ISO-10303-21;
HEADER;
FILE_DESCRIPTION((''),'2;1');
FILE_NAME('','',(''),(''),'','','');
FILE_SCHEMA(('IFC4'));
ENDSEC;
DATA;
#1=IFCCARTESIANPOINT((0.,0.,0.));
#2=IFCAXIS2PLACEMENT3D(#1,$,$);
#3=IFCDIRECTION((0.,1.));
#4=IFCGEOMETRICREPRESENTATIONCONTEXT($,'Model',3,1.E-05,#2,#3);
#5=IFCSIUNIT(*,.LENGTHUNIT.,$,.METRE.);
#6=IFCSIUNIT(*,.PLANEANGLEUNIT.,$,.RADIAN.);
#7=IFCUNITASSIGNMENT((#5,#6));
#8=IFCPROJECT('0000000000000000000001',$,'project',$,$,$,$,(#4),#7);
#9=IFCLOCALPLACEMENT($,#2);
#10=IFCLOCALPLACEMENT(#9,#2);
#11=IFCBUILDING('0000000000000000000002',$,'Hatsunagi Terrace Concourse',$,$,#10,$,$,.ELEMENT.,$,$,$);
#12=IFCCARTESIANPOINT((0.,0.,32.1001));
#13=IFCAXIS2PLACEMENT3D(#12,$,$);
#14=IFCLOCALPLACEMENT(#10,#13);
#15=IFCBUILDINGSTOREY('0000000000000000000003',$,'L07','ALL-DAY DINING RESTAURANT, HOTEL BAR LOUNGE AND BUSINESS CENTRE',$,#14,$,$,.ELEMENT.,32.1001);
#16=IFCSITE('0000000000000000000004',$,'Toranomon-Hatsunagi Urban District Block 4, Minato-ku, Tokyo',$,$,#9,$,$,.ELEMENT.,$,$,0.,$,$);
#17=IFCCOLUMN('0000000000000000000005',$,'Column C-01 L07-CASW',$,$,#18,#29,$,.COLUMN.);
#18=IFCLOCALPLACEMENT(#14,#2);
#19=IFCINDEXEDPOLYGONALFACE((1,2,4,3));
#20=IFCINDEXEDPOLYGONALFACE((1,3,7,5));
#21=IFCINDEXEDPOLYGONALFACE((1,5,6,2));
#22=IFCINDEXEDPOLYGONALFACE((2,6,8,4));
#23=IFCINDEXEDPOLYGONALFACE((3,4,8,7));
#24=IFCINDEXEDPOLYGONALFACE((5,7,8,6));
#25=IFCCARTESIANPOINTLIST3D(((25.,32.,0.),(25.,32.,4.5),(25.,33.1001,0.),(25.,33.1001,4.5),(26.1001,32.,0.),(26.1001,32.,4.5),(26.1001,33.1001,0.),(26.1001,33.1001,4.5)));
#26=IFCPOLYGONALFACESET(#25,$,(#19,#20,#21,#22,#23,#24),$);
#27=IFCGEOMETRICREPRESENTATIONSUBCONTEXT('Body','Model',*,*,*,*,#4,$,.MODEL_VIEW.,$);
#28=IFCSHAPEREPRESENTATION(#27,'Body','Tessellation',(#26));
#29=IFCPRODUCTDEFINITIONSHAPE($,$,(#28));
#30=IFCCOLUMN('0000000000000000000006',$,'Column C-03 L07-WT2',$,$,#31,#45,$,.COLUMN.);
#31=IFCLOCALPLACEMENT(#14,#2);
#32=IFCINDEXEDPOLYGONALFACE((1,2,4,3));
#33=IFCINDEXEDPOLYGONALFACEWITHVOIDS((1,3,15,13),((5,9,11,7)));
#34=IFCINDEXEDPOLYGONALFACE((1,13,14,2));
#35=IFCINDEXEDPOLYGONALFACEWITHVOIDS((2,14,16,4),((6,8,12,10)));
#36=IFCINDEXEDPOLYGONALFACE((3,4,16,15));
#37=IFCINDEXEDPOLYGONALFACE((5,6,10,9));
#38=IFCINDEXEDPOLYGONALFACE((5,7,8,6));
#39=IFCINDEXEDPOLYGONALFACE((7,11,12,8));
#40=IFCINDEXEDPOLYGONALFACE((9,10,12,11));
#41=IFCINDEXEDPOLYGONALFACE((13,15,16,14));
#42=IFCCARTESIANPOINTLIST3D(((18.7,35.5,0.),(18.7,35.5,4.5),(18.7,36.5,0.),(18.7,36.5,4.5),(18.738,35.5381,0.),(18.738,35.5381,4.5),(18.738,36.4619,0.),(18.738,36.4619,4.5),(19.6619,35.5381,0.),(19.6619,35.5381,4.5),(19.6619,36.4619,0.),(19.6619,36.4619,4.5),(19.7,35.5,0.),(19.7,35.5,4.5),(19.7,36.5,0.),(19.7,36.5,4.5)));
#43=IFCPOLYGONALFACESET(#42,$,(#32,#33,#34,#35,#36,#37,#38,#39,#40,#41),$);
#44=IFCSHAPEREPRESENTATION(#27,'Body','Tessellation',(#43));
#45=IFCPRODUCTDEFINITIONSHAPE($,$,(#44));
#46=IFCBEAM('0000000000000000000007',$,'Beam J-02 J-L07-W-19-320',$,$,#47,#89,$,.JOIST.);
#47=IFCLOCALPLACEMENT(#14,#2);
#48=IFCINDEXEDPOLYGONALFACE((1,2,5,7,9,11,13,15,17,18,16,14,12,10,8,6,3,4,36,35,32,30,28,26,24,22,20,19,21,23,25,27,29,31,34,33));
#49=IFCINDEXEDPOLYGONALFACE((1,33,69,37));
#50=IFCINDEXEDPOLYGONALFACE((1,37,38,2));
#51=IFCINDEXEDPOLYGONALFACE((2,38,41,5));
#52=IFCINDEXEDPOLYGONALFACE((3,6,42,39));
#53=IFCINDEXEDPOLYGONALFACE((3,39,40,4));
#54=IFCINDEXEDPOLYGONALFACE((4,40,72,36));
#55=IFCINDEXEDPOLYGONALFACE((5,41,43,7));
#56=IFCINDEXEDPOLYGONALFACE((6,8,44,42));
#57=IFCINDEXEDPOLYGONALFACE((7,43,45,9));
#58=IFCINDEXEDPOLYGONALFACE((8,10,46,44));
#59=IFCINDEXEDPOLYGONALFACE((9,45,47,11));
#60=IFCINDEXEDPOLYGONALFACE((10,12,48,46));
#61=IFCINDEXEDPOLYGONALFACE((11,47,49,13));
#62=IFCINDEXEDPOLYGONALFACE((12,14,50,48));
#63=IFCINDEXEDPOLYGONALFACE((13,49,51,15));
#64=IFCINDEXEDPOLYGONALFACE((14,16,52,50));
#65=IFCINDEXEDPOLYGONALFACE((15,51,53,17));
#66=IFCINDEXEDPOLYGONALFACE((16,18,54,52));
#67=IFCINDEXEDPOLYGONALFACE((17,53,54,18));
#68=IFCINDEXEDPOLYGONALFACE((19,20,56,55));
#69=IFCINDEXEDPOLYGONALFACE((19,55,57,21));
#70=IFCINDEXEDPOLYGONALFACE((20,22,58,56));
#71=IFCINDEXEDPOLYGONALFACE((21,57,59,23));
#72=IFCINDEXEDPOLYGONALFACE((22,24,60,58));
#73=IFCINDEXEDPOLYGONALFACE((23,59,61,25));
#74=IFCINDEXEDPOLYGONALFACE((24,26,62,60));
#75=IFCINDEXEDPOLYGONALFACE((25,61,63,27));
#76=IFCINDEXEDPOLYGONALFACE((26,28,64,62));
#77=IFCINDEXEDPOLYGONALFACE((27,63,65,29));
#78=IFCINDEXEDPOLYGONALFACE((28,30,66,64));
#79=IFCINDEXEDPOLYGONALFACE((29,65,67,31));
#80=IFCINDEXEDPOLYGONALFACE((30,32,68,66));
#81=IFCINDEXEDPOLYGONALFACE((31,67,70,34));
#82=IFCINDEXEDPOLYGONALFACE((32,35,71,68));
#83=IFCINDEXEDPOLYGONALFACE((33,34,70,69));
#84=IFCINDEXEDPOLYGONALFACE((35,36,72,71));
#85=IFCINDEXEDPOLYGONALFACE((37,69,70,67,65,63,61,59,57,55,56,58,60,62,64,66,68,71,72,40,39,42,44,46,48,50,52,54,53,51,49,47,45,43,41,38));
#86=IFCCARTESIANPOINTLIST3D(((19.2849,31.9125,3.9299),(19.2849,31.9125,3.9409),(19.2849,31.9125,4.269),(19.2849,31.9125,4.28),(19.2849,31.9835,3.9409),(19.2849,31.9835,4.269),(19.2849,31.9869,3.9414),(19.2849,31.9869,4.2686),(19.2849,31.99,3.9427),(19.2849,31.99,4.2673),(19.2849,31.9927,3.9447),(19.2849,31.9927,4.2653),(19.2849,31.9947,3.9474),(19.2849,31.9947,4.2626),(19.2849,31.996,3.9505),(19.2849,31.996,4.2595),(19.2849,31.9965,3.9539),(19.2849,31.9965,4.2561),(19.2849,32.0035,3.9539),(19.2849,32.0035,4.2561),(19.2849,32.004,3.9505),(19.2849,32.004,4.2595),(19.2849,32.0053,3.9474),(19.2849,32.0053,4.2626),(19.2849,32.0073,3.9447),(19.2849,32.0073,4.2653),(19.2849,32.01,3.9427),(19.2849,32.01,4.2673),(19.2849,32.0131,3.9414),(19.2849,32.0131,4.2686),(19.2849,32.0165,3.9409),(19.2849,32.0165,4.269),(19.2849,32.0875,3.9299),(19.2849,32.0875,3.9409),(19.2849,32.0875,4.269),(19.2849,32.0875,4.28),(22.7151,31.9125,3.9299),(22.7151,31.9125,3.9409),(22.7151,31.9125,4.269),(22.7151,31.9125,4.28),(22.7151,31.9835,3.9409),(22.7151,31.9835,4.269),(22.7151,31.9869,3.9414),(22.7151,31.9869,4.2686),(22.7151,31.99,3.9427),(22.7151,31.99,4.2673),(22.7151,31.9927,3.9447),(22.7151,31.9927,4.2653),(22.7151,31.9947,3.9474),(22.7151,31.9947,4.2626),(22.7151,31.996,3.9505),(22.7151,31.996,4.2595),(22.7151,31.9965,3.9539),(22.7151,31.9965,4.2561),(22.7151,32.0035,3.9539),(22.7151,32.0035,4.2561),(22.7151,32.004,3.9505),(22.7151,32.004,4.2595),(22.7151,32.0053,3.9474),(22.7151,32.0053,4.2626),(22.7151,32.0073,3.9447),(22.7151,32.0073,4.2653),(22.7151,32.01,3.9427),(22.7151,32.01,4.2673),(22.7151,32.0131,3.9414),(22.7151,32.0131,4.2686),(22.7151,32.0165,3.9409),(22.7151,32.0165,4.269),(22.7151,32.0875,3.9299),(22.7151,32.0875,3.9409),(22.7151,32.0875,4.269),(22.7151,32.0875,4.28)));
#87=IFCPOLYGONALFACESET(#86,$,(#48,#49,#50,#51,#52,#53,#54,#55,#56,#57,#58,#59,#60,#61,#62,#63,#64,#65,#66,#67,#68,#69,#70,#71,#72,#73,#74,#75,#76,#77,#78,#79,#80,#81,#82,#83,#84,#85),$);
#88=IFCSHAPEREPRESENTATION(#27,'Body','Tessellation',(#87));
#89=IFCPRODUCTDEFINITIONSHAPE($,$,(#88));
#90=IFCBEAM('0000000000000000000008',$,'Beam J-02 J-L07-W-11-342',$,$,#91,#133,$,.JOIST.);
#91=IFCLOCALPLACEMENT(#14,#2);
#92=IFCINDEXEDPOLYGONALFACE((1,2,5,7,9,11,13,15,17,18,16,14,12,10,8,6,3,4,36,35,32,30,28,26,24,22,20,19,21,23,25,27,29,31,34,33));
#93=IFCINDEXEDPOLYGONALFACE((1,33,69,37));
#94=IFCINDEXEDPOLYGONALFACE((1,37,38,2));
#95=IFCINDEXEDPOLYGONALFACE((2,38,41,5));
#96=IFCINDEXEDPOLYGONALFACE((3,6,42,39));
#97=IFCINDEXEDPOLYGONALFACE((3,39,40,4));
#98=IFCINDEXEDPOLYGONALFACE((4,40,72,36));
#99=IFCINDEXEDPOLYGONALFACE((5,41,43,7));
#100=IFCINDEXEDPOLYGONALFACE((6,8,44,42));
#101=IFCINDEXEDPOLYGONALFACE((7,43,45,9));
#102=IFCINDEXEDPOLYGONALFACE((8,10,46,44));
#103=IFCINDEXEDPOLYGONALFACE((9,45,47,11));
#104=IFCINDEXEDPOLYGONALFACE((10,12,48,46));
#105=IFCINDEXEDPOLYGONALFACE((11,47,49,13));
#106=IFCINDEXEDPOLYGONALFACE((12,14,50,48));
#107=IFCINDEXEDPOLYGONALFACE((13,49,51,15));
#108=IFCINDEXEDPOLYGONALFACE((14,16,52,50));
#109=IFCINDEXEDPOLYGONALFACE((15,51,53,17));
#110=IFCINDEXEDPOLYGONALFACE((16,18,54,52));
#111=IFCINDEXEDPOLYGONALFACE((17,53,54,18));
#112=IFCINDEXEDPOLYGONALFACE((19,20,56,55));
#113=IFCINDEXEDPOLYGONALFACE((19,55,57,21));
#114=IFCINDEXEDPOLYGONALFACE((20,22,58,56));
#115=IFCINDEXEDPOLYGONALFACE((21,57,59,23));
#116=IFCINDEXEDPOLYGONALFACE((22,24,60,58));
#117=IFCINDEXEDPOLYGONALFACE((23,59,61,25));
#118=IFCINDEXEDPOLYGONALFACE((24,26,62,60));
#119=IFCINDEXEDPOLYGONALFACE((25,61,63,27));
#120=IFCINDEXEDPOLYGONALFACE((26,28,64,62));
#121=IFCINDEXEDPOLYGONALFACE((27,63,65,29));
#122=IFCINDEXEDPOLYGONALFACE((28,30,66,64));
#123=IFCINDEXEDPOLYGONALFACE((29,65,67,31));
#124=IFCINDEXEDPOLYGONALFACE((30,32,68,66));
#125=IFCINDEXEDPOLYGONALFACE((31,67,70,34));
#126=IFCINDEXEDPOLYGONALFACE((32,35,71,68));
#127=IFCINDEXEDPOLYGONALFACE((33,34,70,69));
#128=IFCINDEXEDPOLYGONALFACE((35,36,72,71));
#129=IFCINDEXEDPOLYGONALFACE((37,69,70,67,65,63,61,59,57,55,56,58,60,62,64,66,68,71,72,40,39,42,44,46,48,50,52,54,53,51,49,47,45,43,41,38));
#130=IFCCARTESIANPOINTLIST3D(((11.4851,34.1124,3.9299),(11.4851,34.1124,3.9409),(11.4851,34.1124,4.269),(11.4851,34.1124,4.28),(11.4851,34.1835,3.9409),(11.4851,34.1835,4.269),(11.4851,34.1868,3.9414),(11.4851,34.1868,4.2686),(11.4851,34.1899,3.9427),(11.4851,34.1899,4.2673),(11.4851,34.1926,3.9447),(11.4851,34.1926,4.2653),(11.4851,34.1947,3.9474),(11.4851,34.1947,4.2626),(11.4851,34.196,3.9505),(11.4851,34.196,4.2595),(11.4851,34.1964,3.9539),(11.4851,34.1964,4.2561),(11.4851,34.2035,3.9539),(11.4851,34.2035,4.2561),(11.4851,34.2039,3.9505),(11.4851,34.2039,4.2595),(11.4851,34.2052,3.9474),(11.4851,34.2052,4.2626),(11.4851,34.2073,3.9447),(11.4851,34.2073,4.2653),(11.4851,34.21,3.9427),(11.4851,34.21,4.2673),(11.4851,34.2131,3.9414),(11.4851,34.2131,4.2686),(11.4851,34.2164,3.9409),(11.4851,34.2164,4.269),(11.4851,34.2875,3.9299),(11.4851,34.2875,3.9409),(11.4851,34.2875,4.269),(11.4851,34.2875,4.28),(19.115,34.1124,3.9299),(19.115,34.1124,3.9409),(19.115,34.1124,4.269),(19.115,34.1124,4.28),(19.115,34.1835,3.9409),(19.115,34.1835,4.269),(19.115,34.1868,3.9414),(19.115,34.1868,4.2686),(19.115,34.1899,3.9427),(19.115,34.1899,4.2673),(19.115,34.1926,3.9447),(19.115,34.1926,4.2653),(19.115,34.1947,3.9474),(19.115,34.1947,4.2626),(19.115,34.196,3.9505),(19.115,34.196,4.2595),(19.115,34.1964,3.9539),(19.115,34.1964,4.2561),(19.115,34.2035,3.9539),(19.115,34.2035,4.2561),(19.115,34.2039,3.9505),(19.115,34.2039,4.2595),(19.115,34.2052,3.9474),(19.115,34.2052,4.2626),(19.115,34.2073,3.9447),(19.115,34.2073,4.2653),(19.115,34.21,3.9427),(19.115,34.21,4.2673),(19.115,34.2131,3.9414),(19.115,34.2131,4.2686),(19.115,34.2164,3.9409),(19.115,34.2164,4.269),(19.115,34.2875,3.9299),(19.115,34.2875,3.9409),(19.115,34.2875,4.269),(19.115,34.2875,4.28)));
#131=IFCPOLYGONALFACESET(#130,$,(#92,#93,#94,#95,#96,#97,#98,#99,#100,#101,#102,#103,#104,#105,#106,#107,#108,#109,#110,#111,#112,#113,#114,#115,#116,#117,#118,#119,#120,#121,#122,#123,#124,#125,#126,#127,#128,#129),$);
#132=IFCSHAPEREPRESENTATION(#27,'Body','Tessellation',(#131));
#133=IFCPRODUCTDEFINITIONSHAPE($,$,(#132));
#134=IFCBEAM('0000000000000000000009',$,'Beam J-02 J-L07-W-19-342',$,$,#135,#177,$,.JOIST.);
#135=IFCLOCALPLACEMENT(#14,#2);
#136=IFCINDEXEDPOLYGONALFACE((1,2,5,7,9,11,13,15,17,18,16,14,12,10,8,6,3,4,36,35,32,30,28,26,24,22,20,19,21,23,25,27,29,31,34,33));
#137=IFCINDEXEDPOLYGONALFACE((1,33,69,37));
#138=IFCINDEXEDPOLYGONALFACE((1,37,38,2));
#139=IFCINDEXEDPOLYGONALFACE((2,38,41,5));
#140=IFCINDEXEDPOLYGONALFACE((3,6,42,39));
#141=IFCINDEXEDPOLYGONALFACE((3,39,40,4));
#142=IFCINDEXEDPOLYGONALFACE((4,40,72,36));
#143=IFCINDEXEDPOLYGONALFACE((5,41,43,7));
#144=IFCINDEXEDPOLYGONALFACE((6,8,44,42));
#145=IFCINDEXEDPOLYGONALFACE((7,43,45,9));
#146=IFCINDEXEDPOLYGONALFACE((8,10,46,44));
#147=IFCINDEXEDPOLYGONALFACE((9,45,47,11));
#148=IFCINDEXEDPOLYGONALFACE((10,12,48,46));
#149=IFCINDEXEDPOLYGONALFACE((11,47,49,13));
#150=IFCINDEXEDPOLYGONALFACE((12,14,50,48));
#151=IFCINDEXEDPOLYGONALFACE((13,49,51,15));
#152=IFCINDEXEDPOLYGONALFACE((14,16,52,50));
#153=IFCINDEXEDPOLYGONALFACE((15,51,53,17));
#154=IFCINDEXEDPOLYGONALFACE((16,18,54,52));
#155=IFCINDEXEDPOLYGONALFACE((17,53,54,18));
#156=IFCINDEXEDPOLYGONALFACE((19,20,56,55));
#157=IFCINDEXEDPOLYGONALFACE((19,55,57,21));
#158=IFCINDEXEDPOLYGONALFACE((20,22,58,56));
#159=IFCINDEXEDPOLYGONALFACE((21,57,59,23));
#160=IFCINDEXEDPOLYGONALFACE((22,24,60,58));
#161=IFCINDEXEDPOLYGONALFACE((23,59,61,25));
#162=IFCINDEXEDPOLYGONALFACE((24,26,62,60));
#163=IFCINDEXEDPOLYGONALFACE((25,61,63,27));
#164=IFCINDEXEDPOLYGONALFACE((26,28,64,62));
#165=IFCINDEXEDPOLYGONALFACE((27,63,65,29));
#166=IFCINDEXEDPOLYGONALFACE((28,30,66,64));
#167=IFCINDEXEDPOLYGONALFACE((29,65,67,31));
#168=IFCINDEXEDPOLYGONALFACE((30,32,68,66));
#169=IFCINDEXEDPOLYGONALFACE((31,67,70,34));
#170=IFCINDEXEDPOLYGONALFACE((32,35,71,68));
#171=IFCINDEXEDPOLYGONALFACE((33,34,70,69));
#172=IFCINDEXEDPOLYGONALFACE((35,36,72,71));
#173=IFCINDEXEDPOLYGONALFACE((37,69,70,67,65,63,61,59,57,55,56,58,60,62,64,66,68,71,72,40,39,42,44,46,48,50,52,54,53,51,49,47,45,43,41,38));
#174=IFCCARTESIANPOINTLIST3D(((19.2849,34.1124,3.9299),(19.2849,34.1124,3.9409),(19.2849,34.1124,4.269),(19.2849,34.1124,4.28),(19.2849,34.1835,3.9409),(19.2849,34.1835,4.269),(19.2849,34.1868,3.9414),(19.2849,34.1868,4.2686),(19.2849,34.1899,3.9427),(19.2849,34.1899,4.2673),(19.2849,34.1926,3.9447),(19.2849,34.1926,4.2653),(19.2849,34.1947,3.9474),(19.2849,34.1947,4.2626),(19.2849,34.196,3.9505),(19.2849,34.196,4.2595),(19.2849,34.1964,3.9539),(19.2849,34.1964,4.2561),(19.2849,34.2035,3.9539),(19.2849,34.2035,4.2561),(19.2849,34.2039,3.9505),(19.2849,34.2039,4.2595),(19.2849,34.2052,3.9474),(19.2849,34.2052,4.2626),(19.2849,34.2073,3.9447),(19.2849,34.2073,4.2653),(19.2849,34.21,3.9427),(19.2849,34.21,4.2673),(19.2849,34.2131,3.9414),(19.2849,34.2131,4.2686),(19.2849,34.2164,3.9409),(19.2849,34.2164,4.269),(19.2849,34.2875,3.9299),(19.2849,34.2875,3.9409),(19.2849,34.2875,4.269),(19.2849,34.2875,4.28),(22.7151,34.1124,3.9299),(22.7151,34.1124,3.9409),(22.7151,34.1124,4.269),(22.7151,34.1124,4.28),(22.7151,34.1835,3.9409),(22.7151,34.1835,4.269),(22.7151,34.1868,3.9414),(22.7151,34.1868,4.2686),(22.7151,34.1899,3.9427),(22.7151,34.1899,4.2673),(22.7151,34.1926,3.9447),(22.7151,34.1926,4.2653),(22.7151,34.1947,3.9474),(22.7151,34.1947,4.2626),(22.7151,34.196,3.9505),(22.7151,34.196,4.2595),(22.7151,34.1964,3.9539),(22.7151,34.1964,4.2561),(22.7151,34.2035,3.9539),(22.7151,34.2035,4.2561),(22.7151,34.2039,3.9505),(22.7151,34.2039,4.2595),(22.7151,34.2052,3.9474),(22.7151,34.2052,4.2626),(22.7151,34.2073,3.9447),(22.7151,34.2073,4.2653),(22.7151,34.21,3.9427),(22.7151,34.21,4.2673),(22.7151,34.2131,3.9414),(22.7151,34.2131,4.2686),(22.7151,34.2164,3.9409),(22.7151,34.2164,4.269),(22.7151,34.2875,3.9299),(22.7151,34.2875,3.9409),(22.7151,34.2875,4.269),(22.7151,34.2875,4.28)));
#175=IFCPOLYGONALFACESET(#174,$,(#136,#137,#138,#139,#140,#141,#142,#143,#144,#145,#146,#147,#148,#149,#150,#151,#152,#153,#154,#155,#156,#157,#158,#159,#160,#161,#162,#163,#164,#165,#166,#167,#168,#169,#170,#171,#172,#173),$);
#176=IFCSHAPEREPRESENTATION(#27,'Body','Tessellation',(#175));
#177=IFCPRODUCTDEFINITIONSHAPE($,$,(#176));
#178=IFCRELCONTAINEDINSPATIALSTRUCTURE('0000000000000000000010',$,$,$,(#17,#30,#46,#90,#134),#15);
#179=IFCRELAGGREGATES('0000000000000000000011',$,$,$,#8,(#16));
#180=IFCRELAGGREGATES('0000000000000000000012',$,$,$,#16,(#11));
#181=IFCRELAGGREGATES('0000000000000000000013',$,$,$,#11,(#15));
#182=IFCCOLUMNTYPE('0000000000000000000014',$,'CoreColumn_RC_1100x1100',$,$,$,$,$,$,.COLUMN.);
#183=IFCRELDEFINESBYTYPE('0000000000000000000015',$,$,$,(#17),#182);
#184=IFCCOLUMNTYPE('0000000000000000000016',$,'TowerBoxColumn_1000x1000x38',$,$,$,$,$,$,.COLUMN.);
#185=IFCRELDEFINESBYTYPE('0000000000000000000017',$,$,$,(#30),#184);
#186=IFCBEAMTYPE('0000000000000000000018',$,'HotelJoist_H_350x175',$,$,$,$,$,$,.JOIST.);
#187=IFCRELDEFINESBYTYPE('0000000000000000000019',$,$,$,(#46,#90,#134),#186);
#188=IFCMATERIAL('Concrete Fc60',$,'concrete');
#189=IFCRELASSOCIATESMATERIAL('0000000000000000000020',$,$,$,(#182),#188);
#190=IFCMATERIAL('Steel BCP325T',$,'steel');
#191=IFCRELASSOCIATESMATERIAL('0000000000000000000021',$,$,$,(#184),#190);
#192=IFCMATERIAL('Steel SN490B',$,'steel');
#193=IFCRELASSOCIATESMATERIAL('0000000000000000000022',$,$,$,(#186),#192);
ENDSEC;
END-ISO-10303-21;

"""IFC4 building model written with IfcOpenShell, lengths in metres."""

from ifc_helpers import new_model, si_unit, direction, frame, origin, origin_2d, place, context, subcontext, project, spatial, rectangle, hollow_rectangle, i_section, extrude, material, material_profile, profile_set, type_object, element, save


model = new_model("IFC4")

# Units and contexts
model_context = context("Model", 3, precision=1e-05, world=origin(), true_north=direction((0.0, 1.0)))
body_context = subcontext(model_context, "Body", "Model", "MODEL_VIEW")
ifc_project = project(units=[si_unit("LENGTHUNIT", "METRE"), si_unit("PLANEANGLEUNIT", "RADIAN")], contexts=[model_context])

# Site, building, storey
site_placement = place(None, origin())
site = spatial("IfcSite", under=ifc_project, at=site_placement, Name="Toranomon-Hatsunagi Urban District Block 4, Minato-ku, Tokyo", CompositionType="ELEMENT", RefElevation=0.0)
building_placement = place(site_placement, origin())
building = spatial("IfcBuilding", under=site, at=building_placement, Name="Hatsunagi Terrace Concourse", CompositionType="ELEMENT")
storey_placement = place(building_placement, frame((0.0, 0.0, 32.1001)))
storey = spatial("IfcBuildingStorey", under=building, at=storey_placement, Name="L07", Description="ALL-DAY DINING RESTAURANT, HOTEL BAR LOUNGE AND BUSINESS CENTRE", CompositionType="ELEMENT", Elevation=32.1001)

# Columns
ifc_material_1 = material(Name="Concrete Fc60", Category="concrete")
ifc_material_profile_1 = material_profile(ifc_material_1, rectangle(XDim=1.1001, YDim=1.1001, at=origin_2d()), Name="RC-1100x1100")
ifc_profile_set_1 = profile_set([ifc_material_profile_1], Name="Concrete Fc60")
column_type_1 = type_object("IfcColumnType", Name="CoreColumn_RC_1100x1100", PredefinedType="COLUMN", material=ifc_profile_set_1)
column_1_placement = place(storey_placement, frame((25.55, 32.55, 0.0), z_axis=(0.0, 0.0, 1.0), x_axis=(1.0, 0.0, 0.0)))
element("IfcColumn", 1, at=column_1_placement, inside=storey, type_object=column_type_1, Name="Column C-01 L07-CASW", PredefinedType="COLUMN", context=body_context, shape_type="SweptSolid", body=[
    extrude(rectangle(XDim=1.1001, YDim=1.1001, at=origin_2d()), origin(), (0.0, 0.0, 1.0), 4.5),
])
ifc_material_2 = material(Name="Steel BCP325T", Category="steel")
ifc_material_profile_2 = material_profile(ifc_material_2, hollow_rectangle(XDim=1.0, YDim=1.0, WallThickness=0.0381, at=origin_2d()), Name="BCP-1000x1000x38")
ifc_profile_set_2 = profile_set([ifc_material_profile_2], Name="Steel BCP325T")
column_type_2 = type_object("IfcColumnType", Name="TowerBoxColumn_1000x1000x38", PredefinedType="COLUMN", material=ifc_profile_set_2)
column_2_placement = place(storey_placement, frame((19.2, 36.0, 0.0), z_axis=(0.0, 0.0, 1.0), x_axis=(1.0, 0.0, 0.0)))
element("IfcColumn", 2, at=column_2_placement, inside=storey, type_object=column_type_2, Name="Column C-03 L07-WT2", PredefinedType="COLUMN", context=body_context, shape_type="SweptSolid", body=[
    extrude(hollow_rectangle(XDim=1.0, YDim=1.0, WallThickness=0.0381, at=origin_2d()), origin(), (0.0, 0.0, 1.0), 4.5),
])

# Beams
ifc_material_3 = material(Name="Steel SN490B", Category="steel")
ifc_material_profile_3 = material_profile(ifc_material_3, i_section(OverallWidth=0.175, OverallDepth=0.3501, WebThickness=0.0071, FlangeThickness=0.011, FilletRadius=0.0129, at=origin_2d()), Name="H-350x175x7x11")
ifc_profile_set_3 = profile_set([ifc_material_profile_3], Name="Steel SN490B")
beam_type_1 = type_object("IfcBeamType", Name="HotelJoist_H_350x175", PredefinedType="JOIST", material=ifc_profile_set_3)
beam_1_placement = place(storey_placement, frame((19.2849, 32.0, 4.105), z_axis=(1.0, 0.0, 0.0), x_axis=(0.0, 1.0, 0.0)))
element("IfcBeam", 3, at=beam_1_placement, inside=storey, type_object=beam_type_1, Name="Beam J-02 J-L07-W-19-320", PredefinedType="JOIST", context=body_context, shape_type="SweptSolid", body=[
    extrude(i_section(OverallWidth=0.175, OverallDepth=0.3501, WebThickness=0.0071, FlangeThickness=0.011, FilletRadius=0.0129, at=origin_2d()), origin(), (0.0, 0.0, 1.0), 3.4302),
])
beam_2_placement = place(storey_placement, frame((11.4851, 34.2, 4.105), z_axis=(1.0, 0.0, 0.0), x_axis=(0.0, 1.0, 0.0)))
element("IfcBeam", 4, at=beam_2_placement, inside=storey, type_object=beam_type_1, Name="Beam J-02 J-L07-W-11-342", PredefinedType="JOIST", context=body_context, shape_type="SweptSolid", body=[
    extrude(i_section(OverallWidth=0.175, OverallDepth=0.3501, WebThickness=0.0071, FlangeThickness=0.011, FilletRadius=0.0129, at=origin_2d()), origin(), (0.0, 0.0, 1.0), 7.6299),
])
beam_3_placement = place(storey_placement, frame((19.2849, 34.2, 4.105), z_axis=(1.0, 0.0, 0.0), x_axis=(0.0, 1.0, 0.0)))
element("IfcBeam", 5, at=beam_3_placement, inside=storey, type_object=beam_type_1, Name="Beam J-02 J-L07-W-19-342", PredefinedType="JOIST", context=body_context, shape_type="SweptSolid", body=[
    extrude(i_section(OverallWidth=0.175, OverallDepth=0.3501, WebThickness=0.0071, FlangeThickness=0.011, FilletRadius=0.0129, at=origin_2d()), origin(), (0.0, 0.0, 1.0), 3.4302),
])

save(model, "model.ifc")
